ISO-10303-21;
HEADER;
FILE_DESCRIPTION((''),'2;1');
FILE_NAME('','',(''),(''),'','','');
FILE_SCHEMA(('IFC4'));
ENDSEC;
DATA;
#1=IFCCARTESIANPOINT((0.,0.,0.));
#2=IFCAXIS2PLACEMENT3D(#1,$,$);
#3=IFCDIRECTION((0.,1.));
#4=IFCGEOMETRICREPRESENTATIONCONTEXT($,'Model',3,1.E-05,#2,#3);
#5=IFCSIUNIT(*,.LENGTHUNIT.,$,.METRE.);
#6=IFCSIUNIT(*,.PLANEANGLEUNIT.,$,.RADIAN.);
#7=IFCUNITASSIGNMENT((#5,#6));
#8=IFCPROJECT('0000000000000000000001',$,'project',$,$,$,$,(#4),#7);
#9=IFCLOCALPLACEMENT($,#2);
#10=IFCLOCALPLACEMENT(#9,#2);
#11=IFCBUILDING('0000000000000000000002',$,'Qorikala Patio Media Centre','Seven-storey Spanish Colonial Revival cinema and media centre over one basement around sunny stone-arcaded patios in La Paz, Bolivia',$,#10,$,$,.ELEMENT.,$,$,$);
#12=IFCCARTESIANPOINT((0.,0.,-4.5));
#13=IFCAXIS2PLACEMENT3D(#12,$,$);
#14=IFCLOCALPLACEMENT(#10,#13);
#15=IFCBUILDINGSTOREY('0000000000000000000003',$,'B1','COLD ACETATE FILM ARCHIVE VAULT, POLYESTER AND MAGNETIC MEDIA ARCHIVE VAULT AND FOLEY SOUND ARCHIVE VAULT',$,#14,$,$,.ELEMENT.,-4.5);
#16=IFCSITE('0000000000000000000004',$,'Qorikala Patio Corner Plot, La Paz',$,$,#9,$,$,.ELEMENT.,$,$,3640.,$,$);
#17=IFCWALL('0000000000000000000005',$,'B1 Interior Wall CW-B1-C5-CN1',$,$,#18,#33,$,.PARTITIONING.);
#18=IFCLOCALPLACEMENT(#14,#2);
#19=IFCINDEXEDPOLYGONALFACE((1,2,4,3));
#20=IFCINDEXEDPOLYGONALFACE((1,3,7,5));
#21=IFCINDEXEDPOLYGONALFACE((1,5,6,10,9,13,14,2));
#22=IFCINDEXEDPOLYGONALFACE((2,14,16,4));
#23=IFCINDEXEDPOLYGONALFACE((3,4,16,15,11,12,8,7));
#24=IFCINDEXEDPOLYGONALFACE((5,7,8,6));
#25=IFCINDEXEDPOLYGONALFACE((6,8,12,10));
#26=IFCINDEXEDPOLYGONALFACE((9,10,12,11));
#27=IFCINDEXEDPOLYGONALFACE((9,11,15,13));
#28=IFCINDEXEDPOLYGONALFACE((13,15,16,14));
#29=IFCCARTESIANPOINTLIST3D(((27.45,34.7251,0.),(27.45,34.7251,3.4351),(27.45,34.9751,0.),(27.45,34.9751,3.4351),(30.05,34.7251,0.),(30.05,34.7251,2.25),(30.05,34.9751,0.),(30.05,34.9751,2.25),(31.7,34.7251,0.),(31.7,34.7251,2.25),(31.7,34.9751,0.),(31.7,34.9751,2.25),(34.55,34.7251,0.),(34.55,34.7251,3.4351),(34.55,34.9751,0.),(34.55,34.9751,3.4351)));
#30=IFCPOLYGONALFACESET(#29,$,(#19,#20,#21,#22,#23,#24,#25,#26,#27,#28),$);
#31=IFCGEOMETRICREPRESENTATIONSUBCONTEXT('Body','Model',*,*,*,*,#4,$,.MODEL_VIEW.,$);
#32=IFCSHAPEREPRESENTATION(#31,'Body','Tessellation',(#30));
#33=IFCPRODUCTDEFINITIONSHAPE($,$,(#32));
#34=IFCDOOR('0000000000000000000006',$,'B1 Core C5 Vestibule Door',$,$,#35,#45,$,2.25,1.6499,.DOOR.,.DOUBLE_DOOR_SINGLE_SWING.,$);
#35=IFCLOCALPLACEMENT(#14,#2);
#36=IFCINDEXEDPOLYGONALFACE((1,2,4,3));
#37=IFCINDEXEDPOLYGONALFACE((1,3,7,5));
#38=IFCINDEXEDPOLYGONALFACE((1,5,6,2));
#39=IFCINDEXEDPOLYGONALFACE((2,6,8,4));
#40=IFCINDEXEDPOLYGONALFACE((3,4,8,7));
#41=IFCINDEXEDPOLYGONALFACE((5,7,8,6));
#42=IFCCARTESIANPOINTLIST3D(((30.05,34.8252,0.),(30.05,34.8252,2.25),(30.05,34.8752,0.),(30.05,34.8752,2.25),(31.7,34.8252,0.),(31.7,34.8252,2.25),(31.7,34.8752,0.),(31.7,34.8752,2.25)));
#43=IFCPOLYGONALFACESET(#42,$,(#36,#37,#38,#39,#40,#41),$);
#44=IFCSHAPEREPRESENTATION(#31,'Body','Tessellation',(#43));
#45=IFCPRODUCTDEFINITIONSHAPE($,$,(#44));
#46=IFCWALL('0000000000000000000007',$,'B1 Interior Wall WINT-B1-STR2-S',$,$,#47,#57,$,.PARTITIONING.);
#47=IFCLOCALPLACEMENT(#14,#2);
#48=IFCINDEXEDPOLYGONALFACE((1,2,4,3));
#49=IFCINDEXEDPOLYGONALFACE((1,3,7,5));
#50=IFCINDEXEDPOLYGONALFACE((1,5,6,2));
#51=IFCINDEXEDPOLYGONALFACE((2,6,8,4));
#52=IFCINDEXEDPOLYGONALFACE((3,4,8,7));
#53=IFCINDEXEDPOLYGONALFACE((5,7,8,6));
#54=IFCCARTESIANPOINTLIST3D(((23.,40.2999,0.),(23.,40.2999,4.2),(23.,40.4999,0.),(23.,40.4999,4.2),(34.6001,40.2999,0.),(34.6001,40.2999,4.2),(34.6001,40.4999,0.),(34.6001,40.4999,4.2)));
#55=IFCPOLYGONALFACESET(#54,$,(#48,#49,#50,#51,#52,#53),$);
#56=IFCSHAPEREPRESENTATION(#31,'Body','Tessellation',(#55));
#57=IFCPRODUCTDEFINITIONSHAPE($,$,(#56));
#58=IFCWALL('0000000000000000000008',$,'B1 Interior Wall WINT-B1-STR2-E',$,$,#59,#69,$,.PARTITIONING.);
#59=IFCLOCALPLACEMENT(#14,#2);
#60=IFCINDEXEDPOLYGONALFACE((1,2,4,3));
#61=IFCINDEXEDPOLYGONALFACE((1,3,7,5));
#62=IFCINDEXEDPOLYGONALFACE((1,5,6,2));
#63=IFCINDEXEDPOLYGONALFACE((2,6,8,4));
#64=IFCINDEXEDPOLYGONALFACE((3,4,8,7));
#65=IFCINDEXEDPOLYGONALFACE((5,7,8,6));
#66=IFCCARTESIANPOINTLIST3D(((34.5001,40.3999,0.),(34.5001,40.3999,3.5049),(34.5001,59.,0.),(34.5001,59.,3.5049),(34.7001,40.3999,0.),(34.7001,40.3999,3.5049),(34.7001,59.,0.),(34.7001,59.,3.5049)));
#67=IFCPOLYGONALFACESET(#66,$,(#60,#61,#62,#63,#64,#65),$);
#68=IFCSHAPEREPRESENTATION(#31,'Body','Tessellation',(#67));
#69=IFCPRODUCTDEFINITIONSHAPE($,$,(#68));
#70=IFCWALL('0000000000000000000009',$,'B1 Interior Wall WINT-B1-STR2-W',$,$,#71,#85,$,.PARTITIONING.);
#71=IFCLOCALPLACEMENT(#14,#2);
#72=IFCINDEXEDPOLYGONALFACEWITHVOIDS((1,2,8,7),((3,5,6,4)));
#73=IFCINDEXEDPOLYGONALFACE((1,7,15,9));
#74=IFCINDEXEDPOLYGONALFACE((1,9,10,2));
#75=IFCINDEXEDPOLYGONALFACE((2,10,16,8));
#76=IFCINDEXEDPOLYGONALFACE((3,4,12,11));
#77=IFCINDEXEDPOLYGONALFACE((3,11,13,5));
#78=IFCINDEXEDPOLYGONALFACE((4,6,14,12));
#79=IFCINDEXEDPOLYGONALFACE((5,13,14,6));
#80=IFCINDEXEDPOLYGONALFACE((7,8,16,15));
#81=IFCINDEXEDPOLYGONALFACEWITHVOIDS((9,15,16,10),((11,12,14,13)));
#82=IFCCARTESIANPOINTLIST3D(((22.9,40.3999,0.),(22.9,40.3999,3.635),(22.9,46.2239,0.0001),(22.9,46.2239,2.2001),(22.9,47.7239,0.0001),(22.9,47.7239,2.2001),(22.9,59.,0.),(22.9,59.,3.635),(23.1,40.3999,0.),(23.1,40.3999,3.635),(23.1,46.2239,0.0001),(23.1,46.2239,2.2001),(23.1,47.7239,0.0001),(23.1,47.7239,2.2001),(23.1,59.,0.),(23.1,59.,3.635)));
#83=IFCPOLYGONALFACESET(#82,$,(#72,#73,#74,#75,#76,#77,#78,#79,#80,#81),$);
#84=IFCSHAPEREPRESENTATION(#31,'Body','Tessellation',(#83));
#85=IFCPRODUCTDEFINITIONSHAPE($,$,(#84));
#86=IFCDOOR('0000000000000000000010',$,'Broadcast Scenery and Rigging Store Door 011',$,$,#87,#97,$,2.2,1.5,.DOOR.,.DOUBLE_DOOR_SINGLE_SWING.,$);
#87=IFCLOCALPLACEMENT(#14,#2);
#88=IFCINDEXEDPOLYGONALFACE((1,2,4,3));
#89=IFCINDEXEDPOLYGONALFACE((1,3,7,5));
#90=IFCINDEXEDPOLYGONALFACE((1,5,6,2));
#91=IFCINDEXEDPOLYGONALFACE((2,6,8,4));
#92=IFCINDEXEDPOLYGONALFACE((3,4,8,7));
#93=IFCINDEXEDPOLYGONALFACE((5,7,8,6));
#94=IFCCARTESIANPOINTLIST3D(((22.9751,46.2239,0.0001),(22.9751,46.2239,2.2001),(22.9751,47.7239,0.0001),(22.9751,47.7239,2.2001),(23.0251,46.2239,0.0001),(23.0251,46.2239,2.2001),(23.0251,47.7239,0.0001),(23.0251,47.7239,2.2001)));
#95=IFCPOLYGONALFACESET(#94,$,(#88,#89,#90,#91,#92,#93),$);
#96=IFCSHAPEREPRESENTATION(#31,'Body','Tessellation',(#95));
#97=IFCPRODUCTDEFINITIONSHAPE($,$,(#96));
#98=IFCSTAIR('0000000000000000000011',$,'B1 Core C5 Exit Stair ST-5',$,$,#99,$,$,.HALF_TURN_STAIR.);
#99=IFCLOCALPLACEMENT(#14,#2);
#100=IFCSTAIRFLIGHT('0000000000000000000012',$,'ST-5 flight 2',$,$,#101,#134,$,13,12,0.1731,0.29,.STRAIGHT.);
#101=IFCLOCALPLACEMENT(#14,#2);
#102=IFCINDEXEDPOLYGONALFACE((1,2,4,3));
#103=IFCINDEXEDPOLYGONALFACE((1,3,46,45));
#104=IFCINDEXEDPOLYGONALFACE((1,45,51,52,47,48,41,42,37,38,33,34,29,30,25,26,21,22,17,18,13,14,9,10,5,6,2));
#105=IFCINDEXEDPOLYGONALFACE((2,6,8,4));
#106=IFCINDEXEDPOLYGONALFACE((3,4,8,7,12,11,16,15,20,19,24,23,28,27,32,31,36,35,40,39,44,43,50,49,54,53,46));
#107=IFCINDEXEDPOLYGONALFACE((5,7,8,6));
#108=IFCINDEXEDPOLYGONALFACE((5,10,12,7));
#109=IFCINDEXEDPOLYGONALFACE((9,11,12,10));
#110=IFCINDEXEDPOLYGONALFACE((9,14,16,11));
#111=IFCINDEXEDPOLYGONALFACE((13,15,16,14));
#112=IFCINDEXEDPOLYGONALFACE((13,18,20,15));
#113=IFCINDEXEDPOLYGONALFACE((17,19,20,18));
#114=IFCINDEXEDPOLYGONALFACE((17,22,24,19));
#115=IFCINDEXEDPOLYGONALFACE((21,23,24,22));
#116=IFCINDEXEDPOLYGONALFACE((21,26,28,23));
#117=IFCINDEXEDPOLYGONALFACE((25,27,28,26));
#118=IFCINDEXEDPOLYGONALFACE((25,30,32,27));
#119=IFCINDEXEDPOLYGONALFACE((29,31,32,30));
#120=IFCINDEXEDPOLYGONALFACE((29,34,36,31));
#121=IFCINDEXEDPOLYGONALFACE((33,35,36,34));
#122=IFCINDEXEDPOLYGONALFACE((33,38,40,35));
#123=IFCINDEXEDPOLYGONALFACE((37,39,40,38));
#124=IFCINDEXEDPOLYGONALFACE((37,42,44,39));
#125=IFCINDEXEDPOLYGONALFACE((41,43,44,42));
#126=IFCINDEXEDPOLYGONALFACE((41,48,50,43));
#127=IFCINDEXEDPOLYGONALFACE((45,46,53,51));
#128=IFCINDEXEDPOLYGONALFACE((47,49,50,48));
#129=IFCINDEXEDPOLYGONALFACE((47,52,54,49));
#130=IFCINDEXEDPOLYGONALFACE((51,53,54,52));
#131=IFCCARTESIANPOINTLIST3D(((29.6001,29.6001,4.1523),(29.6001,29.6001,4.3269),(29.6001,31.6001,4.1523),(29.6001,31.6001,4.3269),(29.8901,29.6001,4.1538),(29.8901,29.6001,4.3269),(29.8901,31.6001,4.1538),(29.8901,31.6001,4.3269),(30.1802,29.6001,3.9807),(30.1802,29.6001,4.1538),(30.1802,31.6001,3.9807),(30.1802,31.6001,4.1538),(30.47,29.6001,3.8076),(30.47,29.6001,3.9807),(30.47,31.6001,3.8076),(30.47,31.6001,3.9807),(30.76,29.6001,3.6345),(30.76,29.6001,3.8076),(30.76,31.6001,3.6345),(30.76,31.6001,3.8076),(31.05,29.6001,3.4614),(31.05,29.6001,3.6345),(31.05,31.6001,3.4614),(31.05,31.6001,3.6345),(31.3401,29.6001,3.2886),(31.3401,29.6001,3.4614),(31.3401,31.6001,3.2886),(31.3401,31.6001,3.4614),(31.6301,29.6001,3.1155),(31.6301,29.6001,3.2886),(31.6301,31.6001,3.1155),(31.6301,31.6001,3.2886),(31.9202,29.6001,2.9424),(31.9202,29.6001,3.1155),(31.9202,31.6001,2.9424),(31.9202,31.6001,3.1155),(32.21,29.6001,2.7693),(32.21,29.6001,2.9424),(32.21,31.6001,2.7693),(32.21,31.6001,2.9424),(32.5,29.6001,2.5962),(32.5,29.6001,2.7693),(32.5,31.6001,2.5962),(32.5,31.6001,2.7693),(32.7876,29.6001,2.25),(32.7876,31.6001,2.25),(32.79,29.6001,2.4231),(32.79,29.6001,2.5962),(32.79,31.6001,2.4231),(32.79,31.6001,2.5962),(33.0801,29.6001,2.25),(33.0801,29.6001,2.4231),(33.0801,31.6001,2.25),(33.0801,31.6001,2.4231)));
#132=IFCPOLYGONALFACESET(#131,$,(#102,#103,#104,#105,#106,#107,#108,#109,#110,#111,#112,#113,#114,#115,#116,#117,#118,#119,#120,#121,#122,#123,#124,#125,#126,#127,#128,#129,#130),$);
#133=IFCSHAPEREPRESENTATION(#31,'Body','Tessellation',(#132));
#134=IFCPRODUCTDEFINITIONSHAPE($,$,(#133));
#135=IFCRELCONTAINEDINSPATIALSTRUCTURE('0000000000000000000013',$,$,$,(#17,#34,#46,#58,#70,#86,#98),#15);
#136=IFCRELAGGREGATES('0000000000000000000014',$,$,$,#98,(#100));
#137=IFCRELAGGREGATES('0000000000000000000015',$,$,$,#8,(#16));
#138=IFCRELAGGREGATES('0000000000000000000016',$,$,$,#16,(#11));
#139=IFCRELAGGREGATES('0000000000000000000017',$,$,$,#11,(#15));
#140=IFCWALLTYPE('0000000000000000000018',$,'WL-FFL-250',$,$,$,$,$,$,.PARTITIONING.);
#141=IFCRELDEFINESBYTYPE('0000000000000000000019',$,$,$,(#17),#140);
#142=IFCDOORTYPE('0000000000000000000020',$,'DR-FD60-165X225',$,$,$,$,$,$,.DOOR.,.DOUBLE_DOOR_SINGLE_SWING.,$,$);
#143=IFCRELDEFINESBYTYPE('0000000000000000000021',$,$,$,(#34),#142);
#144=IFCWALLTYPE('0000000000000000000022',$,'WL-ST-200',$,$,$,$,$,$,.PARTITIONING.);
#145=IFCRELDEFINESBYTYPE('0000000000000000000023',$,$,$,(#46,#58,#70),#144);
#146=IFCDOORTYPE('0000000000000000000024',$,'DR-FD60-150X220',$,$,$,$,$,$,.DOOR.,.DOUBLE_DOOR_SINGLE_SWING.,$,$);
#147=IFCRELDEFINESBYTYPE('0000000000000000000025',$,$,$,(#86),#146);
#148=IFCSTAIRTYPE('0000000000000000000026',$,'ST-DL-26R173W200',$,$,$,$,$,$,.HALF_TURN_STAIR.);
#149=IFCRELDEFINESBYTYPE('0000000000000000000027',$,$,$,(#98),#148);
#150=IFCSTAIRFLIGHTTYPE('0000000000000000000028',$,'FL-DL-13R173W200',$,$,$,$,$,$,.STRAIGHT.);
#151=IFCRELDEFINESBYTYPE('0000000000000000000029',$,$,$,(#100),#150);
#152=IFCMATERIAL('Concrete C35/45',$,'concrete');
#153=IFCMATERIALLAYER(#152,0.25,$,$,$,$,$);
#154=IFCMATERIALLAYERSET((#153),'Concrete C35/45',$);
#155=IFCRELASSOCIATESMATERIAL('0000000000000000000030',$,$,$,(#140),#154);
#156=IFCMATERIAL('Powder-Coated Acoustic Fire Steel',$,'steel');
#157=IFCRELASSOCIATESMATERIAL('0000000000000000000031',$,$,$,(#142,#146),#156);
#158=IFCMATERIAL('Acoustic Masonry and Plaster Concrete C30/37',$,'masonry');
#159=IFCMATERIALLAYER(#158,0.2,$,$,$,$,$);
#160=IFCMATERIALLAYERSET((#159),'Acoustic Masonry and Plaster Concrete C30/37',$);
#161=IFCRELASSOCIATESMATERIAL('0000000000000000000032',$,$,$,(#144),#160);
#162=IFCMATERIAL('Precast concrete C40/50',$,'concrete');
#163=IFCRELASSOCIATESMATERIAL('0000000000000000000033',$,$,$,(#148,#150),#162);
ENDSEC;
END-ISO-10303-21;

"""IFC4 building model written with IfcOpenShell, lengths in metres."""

from ifc_helpers import new_model, si_unit, direction, frame, frame_2d, origin, place, context, subcontext, project, spatial, polyline, rectangle, outline, extrude, material, layer, layer_set, type_object, element, fill, aggregate, save


model = new_model("IFC4")

# Units and contexts
model_context = context("Model", 3, precision=1e-05, world=origin(), true_north=direction((0.0, 1.0)))
body_context = subcontext(model_context, "Body", "Model", "MODEL_VIEW")
ifc_project = project(units=[si_unit("LENGTHUNIT", "METRE"), si_unit("PLANEANGLEUNIT", "RADIAN")], contexts=[model_context])

# Site, building, storey
site_placement = place(None, origin())
site = spatial("IfcSite", under=ifc_project, at=site_placement, Name="Qorikala Patio Corner Plot, La Paz", CompositionType="ELEMENT", RefElevation=3640.0)
building_placement = place(site_placement, origin())
building = spatial("IfcBuilding", under=site, at=building_placement, Name="Qorikala Patio Media Centre", Description="Seven-storey Spanish Colonial Revival cinema and media centre over one basement around sunny stone-arcaded patios in La Paz, Bolivia", CompositionType="ELEMENT")
storey_placement = place(building_placement, frame((0.0, 0.0, -4.5)))
storey = spatial("IfcBuildingStorey", under=building, at=storey_placement, Name="B1", Description="COLD ACETATE FILM ARCHIVE VAULT, POLYESTER AND MAGNETIC MEDIA ARCHIVE VAULT AND FOLEY SOUND ARCHIVE VAULT", CompositionType="ELEMENT", Elevation=-4.5)

# Shared definitions
ifc_material_1 = material(Name="Concrete C35/45", Category="concrete")

# Wall, opening, door
ifc_material_2 = material(Name="Powder-Coated Acoustic Fire Steel", Category="steel")
ifc_layer_1 = layer(ifc_material_1, 0.25)
ifc_layer_set_1 = layer_set([ifc_layer_1], Name="Concrete C35/45")
wall_type_1 = type_object("IfcWallType", Name="WL-FFL-250", PredefinedType="PARTITIONING", material=ifc_layer_set_1)
wall_1_placement = place(storey_placement, frame((27.45, 34.8501, 0.0), z_axis=(0.0, 0.0, 1.0), x_axis=(1.0, 0.0, 0.0)))
wall_1 = element("IfcWall", 1, at=wall_1_placement, inside=storey, type_object=wall_type_1, Name="B1 Interior Wall CW-B1-C5-CN1", PredefinedType="PARTITIONING", context=body_context, shape_type="SweptSolid", body=[
    extrude(rectangle(XDim=7.1001, YDim=0.25, at=frame_2d((3.55, 0.0))), origin(), (0.0, 0.0, 1.0), 3.4351),
])
opening_1_placement = place(wall_1_placement, frame((2.6001, 0.0, 0.0)))
opening_1 = element("IfcOpeningElement", 2, at=opening_1_placement, cuts=wall_1, PredefinedType="OPENING", context=body_context, shape_type="SweptSolid", body=[
    extrude(rectangle(XDim=1.6499, YDim=2.25, at=frame_2d((0.825, 1.125))), frame((0.0, 0.135, 0.0), z_axis=(0.0, -1.0, 0.0), x_axis=(1.0, 0.0, 0.0)), (0.0, 0.0, 1.0), 0.27),
])
door_type_1 = type_object("IfcDoorType", Name="DR-FD60-165X225", OperationType="DOUBLE_DOOR_SINGLE_SWING", PredefinedType="DOOR", material=ifc_material_2)
door_1_placement = place(opening_1_placement, frame((1.6499, 0.0, 0.0), z_axis=(0.0, 0.0, 1.0), x_axis=(-1.0, 0.0, 0.0)))
door_1 = element("IfcDoor", 3, at=door_1_placement, inside=storey, type_object=door_type_1, Name="B1 Core C5 Vestibule Door", OperationType="DOUBLE_DOOR_SINGLE_SWING", OverallHeight=2.25, OverallWidth=1.6499, PredefinedType="DOOR", context=body_context, shape_type="SweptSolid", body=[
    extrude(rectangle(XDim=1.6499, YDim=2.25, at=frame_2d((0.825, 1.125))), frame((0.0, 0.0249, 0.0), z_axis=(0.0, -1.0, 0.0), x_axis=(1.0, 0.0, 0.0)), (0.0, 0.0, 1.0), 0.05),
])
fill(opening_1, door_1)

# Walls
ifc_material_3 = material(Name="Acoustic Masonry and Plaster Concrete C30/37", Category="masonry")
ifc_layer_2 = layer(ifc_material_3, 0.2)
ifc_layer_set_2 = layer_set([ifc_layer_2], Name="Acoustic Masonry and Plaster Concrete C30/37")
wall_type_2 = type_object("IfcWallType", Name="WL-ST-200", PredefinedType="PARTITIONING", material=ifc_layer_set_2)
wall_2_placement = place(storey_placement, frame((23.0, 40.3999, 0.0), z_axis=(0.0, 0.0, 1.0), x_axis=(1.0, 0.0, 0.0)))
element("IfcWall", 4, at=wall_2_placement, inside=storey, type_object=wall_type_2, Name="B1 Interior Wall WINT-B1-STR2-S", PredefinedType="PARTITIONING", context=body_context, shape_type="SweptSolid", body=[
    extrude(rectangle(XDim=11.6001, YDim=0.2, at=frame_2d((5.8, 0.0))), origin(), (0.0, 0.0, 1.0), 4.2),
])
wall_3_placement = place(storey_placement, frame((34.6001, 40.3999, 0.0), z_axis=(0.0, 0.0, 1.0), x_axis=(0.0, 1.0, 0.0)))
element("IfcWall", 5, at=wall_3_placement, inside=storey, type_object=wall_type_2, Name="B1 Interior Wall WINT-B1-STR2-E", PredefinedType="PARTITIONING", context=body_context, shape_type="SweptSolid", body=[
    extrude(rectangle(XDim=18.6001, YDim=0.2, at=frame_2d((9.3, 0.0))), origin(), (0.0, 0.0, 1.0), 3.5049),
])

# Wall, opening, door
wall_4_placement = place(storey_placement, frame((23.0, 40.3999, 0.0), z_axis=(0.0, 0.0, 1.0), x_axis=(0.0, 1.0, 0.0)))
wall_4 = element("IfcWall", 6, at=wall_4_placement, inside=storey, type_object=wall_type_2, Name="B1 Interior Wall WINT-B1-STR2-W", PredefinedType="PARTITIONING", context=body_context, shape_type="SweptSolid", body=[
    extrude(rectangle(XDim=18.6001, YDim=0.2, at=frame_2d((9.3, 0.0))), origin(), (0.0, 0.0, 1.0), 3.635),
])
opening_2_placement = place(wall_4_placement, frame((5.824, 0.0, 0.0)))
opening_2 = element("IfcOpeningElement", 7, at=opening_2_placement, cuts=wall_4, PredefinedType="OPENING", context=body_context, shape_type="SweptSolid", body=[
    extrude(rectangle(XDim=1.5, YDim=2.2, at=frame_2d((0.75, 1.1001))), frame((0.0, 0.1099, 0.0), z_axis=(0.0, -1.0, 0.0), x_axis=(1.0, 0.0, 0.0)), (0.0, 0.0, 1.0), 0.22),
])
door_type_2 = type_object("IfcDoorType", Name="DR-FD60-150X220", OperationType="DOUBLE_DOOR_SINGLE_SWING", PredefinedType="DOOR", material=ifc_material_2)
door_2_placement = place(opening_2_placement, origin())
door_2 = element("IfcDoor", 8, at=door_2_placement, inside=storey, type_object=door_type_2, Name="Broadcast Scenery and Rigging Store Door 011", OperationType="DOUBLE_DOOR_SINGLE_SWING", OverallHeight=2.2, OverallWidth=1.5, PredefinedType="DOOR", context=body_context, shape_type="SweptSolid", body=[
    extrude(rectangle(XDim=1.5, YDim=2.2, at=frame_2d((0.75, 1.1001))), frame((0.0, 0.0249, 0.0), z_axis=(0.0, -1.0, 0.0), x_axis=(1.0, 0.0, 0.0)), (0.0, 0.0, 1.0), 0.05),
])
fill(opening_2, door_2)

# Stair, stair flight
ifc_material_4 = material(Name="Precast concrete C40/50", Category="concrete")
stair_type = type_object("IfcStairType", Name="ST-DL-26R173W200", PredefinedType="HALF_TURN_STAIR", material=ifc_material_4)
stair_placement = place(storey_placement, origin())
stair = element("IfcStair", 9, at=stair_placement, inside=storey, type_object=stair_type, Name="B1 Core C5 Exit Stair ST-5", PredefinedType="HALF_TURN_STAIR")
stair_flight_type = type_object("IfcStairFlightType", Name="FL-DL-13R173W200", PredefinedType="STRAIGHT", material=ifc_material_4)
stair_flight_placement = place(storey_placement, frame((33.0801, 30.6001, 2.25), z_axis=(0.0, 0.0, 1.0), x_axis=(-1.0, 0.0, 0.0)))
stair_flight = element("IfcStairFlight", 10, at=stair_flight_placement, type_object=stair_flight_type, Name="ST-5 flight 2", NumberOfRisers=13, NumberOfTreads=12, PredefinedType="STRAIGHT", RiserHeight=0.1731, TreadLength=0.29, context=body_context, shape_type="SweptSolid", body=[
    extrude(outline(polyline([(0.0, 0.0), (0.0, 0.1731), (0.29, 0.1731), (0.29, 0.3462), (0.5801, 0.3462), (0.5801, 0.5193), (0.8701, 0.5193), (0.8701, 0.6924), (1.1599, 0.6924), (1.1599, 0.8655), (1.45, 0.8655), (1.45, 1.0386), (1.74, 1.0386), (1.74, 1.2114), (2.03, 1.2114), (2.03, 1.3845), (2.3201, 1.3845), (2.3201, 1.5576), (2.6101, 1.5576), (2.6101, 1.7307), (2.8999, 1.7307), (2.8999, 1.9038), (3.1899, 1.9038), (3.1899, 2.0769), (3.48, 2.0769), (3.48, 2.25), (3.48, 1.9023), (0.2925, 0.0), (0.0, 0.0)])), frame((0.0, 1.0, 0.0), z_axis=(0.0, -1.0, 0.0), x_axis=(1.0, 0.0, 0.0)), (0.0, 0.0, 1.0), 2.0),
])
aggregate(stair, [stair_flight])

save(model, "model.ifc")
